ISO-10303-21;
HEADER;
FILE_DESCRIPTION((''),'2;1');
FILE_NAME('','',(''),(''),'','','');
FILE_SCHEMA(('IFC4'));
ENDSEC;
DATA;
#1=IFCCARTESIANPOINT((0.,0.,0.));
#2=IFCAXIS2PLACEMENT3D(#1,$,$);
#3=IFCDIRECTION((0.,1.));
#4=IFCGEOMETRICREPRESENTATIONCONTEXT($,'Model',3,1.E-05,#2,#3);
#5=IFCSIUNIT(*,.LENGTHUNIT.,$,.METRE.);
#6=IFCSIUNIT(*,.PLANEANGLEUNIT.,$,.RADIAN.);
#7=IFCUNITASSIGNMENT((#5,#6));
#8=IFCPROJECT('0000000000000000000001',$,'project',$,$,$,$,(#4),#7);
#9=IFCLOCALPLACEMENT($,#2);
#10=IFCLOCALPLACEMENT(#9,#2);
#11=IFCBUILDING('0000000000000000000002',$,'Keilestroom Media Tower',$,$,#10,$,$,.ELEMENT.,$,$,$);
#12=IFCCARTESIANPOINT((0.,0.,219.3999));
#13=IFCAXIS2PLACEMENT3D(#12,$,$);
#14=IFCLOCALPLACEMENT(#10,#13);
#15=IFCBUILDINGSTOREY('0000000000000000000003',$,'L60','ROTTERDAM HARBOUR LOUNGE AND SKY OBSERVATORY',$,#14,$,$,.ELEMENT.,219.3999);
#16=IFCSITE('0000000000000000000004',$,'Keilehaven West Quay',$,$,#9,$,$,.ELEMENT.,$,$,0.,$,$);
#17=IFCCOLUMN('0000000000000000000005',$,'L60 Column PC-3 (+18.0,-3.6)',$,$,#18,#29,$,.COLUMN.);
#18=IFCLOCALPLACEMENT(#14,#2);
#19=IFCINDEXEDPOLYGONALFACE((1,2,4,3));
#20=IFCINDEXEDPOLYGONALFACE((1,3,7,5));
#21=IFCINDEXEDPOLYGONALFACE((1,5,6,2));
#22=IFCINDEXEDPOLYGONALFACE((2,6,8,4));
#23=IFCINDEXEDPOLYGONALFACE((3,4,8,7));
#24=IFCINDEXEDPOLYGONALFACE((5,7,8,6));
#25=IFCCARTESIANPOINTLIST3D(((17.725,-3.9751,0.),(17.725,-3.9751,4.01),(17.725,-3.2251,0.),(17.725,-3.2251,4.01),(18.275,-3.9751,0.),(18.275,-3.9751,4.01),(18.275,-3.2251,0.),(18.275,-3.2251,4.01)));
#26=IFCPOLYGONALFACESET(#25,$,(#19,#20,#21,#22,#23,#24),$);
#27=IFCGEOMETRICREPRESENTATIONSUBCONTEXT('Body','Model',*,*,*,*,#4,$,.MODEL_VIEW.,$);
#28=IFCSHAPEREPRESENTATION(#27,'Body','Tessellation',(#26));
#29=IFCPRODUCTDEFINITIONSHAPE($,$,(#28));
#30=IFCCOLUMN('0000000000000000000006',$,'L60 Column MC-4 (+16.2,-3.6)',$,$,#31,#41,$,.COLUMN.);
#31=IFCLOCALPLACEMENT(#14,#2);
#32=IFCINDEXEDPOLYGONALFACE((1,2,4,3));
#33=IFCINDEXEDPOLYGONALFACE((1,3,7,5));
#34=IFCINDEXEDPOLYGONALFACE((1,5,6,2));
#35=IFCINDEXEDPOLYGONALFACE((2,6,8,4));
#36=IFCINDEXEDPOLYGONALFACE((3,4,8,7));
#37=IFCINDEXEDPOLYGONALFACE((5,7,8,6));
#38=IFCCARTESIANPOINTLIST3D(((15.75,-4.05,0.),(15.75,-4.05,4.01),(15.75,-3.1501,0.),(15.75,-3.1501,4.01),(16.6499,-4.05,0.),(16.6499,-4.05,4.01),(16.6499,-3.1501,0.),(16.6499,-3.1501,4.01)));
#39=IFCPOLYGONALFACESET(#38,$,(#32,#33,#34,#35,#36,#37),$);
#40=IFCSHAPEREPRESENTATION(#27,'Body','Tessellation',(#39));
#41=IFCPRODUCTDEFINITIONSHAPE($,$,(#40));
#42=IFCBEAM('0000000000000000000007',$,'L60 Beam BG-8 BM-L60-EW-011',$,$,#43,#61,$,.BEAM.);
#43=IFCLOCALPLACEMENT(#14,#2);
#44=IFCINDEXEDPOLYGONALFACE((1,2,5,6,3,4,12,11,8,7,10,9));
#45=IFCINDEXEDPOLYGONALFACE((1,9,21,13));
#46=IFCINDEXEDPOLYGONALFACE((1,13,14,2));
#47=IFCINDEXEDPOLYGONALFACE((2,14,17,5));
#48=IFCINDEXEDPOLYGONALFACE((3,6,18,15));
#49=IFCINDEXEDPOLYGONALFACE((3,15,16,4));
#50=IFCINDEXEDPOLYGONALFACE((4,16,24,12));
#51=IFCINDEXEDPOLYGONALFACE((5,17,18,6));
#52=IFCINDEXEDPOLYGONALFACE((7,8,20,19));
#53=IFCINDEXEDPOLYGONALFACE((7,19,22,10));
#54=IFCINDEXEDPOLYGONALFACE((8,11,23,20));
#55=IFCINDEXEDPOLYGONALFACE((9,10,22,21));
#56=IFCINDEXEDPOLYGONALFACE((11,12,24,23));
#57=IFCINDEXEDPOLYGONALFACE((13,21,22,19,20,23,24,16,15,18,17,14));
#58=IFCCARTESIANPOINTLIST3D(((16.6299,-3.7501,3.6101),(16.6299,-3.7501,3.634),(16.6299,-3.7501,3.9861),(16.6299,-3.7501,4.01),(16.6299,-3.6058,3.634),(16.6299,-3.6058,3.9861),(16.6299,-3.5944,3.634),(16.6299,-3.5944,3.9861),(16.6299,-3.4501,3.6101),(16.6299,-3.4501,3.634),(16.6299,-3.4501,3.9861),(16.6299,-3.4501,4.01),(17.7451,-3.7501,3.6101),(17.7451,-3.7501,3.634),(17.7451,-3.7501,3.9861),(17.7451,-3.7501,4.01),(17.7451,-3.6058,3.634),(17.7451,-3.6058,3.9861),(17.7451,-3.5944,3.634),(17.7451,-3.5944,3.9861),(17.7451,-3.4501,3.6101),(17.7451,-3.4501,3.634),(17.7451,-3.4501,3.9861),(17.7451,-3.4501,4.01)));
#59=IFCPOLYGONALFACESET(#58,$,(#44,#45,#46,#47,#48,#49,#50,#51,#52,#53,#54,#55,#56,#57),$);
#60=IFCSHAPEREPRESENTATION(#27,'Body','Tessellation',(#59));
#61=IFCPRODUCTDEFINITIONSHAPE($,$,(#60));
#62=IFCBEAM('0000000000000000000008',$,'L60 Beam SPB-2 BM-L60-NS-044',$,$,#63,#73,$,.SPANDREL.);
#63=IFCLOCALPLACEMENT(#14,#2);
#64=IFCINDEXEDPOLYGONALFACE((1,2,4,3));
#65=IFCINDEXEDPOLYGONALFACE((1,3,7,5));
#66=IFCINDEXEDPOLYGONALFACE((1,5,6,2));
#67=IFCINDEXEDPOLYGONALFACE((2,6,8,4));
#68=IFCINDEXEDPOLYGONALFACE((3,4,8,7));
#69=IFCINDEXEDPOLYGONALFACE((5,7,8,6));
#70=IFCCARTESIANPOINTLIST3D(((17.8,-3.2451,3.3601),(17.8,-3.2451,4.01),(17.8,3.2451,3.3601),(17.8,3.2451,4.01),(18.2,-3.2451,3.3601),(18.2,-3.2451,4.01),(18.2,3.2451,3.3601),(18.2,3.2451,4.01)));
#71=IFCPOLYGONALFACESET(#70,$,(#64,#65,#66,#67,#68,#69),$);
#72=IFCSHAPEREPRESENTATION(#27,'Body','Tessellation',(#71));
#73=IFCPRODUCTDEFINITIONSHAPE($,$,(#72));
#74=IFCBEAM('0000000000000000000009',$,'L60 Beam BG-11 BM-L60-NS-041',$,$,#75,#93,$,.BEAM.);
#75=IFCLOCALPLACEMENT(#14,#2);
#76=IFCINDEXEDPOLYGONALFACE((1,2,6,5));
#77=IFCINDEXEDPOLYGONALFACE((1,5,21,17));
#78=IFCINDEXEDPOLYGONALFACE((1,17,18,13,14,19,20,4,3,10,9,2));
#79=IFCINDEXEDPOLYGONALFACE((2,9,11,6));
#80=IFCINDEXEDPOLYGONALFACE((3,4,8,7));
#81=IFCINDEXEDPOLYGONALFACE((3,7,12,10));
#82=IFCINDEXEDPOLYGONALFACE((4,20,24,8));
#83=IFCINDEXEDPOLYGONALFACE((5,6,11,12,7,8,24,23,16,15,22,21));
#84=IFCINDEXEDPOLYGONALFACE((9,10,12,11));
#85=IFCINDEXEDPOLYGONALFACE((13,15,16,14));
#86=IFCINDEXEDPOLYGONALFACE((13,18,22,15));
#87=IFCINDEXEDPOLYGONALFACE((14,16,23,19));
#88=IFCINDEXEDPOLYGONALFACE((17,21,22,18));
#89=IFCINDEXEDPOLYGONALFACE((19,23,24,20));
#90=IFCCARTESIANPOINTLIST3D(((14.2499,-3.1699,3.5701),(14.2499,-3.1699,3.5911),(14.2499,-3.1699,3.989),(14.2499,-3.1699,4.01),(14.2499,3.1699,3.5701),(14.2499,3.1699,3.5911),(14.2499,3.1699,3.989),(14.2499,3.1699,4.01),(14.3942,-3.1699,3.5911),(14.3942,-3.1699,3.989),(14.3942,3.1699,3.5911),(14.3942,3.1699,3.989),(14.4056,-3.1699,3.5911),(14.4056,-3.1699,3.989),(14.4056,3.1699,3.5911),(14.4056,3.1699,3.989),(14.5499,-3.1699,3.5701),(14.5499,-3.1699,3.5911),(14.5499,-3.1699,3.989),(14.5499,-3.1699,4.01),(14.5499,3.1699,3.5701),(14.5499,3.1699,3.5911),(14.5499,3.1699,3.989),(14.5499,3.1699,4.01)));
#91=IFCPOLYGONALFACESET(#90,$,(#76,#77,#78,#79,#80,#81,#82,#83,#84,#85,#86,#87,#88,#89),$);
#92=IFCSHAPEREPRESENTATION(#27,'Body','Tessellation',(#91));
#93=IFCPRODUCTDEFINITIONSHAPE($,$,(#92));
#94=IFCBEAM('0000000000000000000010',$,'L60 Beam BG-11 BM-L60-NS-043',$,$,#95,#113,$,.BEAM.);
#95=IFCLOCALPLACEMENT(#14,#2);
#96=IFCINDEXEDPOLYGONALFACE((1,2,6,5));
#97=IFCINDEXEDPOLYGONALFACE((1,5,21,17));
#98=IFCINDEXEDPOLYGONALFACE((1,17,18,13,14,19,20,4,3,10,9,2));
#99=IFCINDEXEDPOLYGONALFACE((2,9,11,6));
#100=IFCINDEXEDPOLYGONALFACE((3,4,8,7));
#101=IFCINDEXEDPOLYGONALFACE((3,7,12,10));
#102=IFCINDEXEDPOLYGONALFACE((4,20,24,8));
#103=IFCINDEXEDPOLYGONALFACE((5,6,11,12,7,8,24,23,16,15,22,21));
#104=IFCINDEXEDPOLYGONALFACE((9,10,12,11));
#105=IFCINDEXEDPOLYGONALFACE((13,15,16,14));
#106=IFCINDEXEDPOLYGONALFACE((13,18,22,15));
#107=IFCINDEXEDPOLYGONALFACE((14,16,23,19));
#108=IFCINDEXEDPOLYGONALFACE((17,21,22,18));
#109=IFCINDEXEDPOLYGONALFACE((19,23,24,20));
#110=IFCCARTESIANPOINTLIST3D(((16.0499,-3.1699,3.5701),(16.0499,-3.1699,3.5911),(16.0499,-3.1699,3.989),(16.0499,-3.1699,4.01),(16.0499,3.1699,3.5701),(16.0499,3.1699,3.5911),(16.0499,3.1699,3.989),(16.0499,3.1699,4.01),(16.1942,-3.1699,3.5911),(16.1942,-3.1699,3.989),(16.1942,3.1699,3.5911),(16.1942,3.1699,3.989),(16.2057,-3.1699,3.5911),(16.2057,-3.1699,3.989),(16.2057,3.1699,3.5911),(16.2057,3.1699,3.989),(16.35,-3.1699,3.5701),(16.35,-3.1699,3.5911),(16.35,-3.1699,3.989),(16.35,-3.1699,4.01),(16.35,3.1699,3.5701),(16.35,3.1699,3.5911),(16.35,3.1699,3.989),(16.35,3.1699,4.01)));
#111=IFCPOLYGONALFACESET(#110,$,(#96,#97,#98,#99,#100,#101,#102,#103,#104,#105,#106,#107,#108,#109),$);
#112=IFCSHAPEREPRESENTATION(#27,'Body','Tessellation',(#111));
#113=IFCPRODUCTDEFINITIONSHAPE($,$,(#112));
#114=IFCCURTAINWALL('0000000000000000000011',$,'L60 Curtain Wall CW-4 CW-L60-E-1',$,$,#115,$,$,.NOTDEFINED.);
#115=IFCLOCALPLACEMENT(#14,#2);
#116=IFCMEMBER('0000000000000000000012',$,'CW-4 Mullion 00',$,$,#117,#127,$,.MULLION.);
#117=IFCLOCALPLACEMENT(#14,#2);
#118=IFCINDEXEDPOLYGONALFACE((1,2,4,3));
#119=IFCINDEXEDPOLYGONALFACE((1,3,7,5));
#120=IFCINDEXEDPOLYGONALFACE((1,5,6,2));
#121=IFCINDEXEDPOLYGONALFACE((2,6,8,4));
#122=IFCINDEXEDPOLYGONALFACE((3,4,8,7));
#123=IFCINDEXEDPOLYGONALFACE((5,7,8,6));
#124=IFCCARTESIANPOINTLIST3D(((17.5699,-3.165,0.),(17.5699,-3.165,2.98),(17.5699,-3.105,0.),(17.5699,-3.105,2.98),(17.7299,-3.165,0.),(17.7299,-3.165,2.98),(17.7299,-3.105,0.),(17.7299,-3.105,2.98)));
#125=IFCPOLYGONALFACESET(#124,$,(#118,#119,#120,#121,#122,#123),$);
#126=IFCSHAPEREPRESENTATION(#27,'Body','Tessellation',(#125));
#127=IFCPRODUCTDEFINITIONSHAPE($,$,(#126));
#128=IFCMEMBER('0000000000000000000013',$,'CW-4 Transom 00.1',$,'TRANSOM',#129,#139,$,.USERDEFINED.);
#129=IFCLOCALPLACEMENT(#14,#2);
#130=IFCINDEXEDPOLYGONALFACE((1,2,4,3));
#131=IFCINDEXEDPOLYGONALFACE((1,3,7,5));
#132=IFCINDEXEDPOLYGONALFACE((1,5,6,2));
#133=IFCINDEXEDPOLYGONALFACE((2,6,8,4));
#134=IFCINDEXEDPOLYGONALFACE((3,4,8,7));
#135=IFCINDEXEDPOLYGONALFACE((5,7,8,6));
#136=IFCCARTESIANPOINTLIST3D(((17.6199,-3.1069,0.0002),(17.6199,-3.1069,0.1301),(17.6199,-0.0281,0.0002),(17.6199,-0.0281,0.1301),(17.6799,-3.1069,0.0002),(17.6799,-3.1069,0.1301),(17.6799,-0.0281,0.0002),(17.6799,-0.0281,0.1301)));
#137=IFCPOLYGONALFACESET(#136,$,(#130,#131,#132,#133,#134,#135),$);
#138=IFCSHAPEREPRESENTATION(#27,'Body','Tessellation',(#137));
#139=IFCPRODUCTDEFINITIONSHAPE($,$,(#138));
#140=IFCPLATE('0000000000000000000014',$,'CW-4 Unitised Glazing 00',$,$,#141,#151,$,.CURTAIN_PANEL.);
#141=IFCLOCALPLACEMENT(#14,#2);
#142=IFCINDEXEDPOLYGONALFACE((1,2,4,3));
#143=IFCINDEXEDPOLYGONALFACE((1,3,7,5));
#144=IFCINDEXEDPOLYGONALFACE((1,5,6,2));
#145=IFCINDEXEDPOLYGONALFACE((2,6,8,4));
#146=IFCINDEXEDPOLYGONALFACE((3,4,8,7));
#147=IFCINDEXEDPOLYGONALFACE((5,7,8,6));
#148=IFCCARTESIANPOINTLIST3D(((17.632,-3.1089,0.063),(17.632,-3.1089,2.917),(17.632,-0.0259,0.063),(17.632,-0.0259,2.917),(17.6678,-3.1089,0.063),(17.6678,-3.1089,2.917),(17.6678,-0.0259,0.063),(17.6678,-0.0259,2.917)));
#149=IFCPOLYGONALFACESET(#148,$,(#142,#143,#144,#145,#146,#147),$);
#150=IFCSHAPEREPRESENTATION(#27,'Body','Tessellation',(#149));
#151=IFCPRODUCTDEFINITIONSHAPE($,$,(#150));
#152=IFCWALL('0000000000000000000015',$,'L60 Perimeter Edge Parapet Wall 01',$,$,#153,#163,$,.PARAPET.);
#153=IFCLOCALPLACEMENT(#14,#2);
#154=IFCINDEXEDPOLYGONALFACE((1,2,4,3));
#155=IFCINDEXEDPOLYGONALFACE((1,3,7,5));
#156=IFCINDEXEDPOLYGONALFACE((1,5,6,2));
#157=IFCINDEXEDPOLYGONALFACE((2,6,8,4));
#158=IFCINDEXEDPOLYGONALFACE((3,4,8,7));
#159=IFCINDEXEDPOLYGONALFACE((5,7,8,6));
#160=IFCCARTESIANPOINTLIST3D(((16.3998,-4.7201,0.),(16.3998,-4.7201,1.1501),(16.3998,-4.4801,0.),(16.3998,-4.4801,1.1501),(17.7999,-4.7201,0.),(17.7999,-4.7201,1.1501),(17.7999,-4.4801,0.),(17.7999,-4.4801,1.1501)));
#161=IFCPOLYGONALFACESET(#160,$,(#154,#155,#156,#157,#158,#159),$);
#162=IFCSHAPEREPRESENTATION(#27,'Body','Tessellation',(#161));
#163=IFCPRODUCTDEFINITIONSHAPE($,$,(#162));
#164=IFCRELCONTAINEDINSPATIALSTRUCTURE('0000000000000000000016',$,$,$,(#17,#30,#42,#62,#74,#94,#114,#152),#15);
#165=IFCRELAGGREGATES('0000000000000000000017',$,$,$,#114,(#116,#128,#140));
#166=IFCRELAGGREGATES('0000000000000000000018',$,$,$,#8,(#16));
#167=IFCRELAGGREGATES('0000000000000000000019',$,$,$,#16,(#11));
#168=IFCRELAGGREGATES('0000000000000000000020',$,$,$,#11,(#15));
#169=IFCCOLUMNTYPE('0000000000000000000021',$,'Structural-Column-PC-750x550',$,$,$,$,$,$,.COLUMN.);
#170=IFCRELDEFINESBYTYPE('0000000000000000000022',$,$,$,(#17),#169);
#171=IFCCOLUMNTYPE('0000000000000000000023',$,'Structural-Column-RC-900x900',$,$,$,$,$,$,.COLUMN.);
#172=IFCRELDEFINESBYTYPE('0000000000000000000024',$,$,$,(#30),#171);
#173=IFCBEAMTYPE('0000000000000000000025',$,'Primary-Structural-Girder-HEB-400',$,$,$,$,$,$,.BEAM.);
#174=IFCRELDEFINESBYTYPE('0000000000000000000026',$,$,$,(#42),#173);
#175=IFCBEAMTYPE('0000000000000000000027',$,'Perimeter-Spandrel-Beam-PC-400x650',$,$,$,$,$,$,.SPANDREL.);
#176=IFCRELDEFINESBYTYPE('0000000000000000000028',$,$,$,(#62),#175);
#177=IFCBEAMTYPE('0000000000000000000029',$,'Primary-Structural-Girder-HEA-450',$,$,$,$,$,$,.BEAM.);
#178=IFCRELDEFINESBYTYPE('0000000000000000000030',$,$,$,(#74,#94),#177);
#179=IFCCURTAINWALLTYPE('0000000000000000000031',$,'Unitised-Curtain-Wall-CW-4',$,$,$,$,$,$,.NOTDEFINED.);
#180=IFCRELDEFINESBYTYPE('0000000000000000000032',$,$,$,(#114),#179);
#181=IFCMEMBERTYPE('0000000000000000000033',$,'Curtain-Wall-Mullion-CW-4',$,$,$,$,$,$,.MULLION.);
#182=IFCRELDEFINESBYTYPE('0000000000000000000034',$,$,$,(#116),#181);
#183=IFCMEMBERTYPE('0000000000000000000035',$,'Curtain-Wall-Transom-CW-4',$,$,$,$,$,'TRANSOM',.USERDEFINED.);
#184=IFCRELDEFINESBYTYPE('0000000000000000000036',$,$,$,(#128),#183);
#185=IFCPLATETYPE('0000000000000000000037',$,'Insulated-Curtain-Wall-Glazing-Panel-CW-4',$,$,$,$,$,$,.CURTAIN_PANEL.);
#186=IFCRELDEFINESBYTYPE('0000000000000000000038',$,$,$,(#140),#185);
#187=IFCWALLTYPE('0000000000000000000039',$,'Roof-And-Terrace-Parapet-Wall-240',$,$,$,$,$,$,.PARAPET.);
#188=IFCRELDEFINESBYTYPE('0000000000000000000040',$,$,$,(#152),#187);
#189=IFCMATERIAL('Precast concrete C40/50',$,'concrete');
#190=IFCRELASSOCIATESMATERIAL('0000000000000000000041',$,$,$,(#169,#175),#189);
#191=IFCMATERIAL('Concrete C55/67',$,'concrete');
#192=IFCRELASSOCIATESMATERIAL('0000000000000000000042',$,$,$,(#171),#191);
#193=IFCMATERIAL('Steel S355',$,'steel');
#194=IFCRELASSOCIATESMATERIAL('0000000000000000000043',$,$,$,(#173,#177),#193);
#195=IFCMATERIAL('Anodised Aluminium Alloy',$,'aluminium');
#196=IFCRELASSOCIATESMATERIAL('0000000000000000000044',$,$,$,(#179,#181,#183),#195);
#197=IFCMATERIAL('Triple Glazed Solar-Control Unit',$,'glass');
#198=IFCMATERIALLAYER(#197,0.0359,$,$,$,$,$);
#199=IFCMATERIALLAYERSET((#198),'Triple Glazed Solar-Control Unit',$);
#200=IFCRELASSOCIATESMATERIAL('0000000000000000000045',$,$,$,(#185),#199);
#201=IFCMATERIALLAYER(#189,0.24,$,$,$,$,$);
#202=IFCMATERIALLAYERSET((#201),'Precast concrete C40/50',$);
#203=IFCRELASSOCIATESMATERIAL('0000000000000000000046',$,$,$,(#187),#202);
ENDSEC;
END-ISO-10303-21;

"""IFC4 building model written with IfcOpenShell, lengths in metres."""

from ifc_helpers import new_model, si_unit, direction, frame, frame_2d, origin, origin_2d, place, context, subcontext, project, spatial, rectangle, i_section, extrude, source, transform, mapped, material, layer, layer_set, material_profile, profile_set, type_object, element, aggregate, save


model = new_model("IFC4")

# Units and contexts
model_context = context("Model", 3, precision=1e-05, world=origin(), true_north=direction((0.0, 1.0)))
body_context = subcontext(model_context, "Body", "Model", "MODEL_VIEW")
ifc_project = project(units=[si_unit("LENGTHUNIT", "METRE"), si_unit("PLANEANGLEUNIT", "RADIAN")], contexts=[model_context])

# Site, building, storey
site_placement = place(None, origin())
site = spatial("IfcSite", under=ifc_project, at=site_placement, Name="Keilehaven West Quay", CompositionType="ELEMENT", RefElevation=0.0)
building_placement = place(site_placement, origin())
building = spatial("IfcBuilding", under=site, at=building_placement, Name="Keilestroom Media Tower", CompositionType="ELEMENT")
storey_placement = place(building_placement, frame((0.0, 0.0, 219.3999)))
storey = spatial("IfcBuildingStorey", under=building, at=storey_placement, Name="L60", Description="ROTTERDAM HARBOUR LOUNGE AND SKY OBSERVATORY", CompositionType="ELEMENT", Elevation=219.3999)

# Columns
ifc_material_1 = material(Name="Precast concrete C40/50", Category="concrete")
ifc_material_profile_1 = material_profile(ifc_material_1, rectangle(XDim=0.55, YDim=0.75, at=origin_2d()), Name="PC 750x550")
ifc_profile_set_1 = profile_set([ifc_material_profile_1], Name="Precast concrete C40/50")
column_type_1 = type_object("IfcColumnType", Name="Structural-Column-PC-750x550", PredefinedType="COLUMN", material=ifc_profile_set_1)
shared_shape_1 = source(origin(), body_context, "Body", "SweptSolid", [
    extrude(rectangle(XDim=0.55, YDim=0.75, at=origin_2d()), origin(), (0.0, 0.0, 1.0), 4.01),
])
column_1_placement = place(storey_placement, frame((18.0, -3.6001, 0.0), z_axis=(0.0, 0.0, 1.0), x_axis=(1.0, 0.0, 0.0)))
element("IfcColumn", 1, at=column_1_placement, inside=storey, type_object=column_type_1, Name="L60 Column PC-3 (+18.0,-3.6)", PredefinedType="COLUMN", context=body_context, shape_type="MappedRepresentation", body=[
    mapped(shared_shape_1, transform((0.0, 0.0, 0.0), x_axis=(1.0, 0.0, 0.0), y_axis=(0.0, 1.0, 0.0), z_axis=(0.0, 0.0, 1.0), scale=1.0)),
])
ifc_material_2 = material(Name="Concrete C55/67", Category="concrete")
ifc_material_profile_2 = material_profile(ifc_material_2, rectangle(XDim=0.8999, YDim=0.8999, at=origin_2d()), Name="RC 900x900")
ifc_profile_set_2 = profile_set([ifc_material_profile_2], Name="Concrete C55/67")
column_type_2 = type_object("IfcColumnType", Name="Structural-Column-RC-900x900", PredefinedType="COLUMN", material=ifc_profile_set_2)
shared_shape_2 = source(origin(), body_context, "Body", "SweptSolid", [
    extrude(rectangle(XDim=0.8999, YDim=0.8999, at=origin_2d()), origin(), (0.0, 0.0, 1.0), 4.01),
])
column_2_placement = place(storey_placement, frame((16.2, -3.6001, 0.0), z_axis=(0.0, 0.0, 1.0), x_axis=(1.0, 0.0, 0.0)))
element("IfcColumn", 2, at=column_2_placement, inside=storey, type_object=column_type_2, Name="L60 Column MC-4 (+16.2,-3.6)", PredefinedType="COLUMN", context=body_context, shape_type="MappedRepresentation", body=[
    mapped(shared_shape_2, transform((0.0, 0.0, 0.0), x_axis=(1.0, 0.0, 0.0), y_axis=(0.0, 1.0, 0.0), z_axis=(0.0, 0.0, 1.0), scale=1.0)),
])

# Beams
ifc_material_3 = material(Name="Steel S355", Category="steel")
ifc_material_profile_3 = material_profile(ifc_material_3, i_section(OverallWidth=0.3, OverallDepth=0.3999, WebThickness=0.0115, FlangeThickness=0.0239, at=origin_2d()), Name="HEB 400")
ifc_profile_set_3 = profile_set([ifc_material_profile_3], Name="Steel S355")
beam_type_1 = type_object("IfcBeamType", Name="Primary-Structural-Girder-HEB-400", PredefinedType="BEAM", material=ifc_profile_set_3)
shared_shape_3 = source(origin(), body_context, "Body", "SweptSolid", [
    extrude(i_section(OverallWidth=0.3, OverallDepth=0.3999, WebThickness=0.0115, FlangeThickness=0.0239, at=origin_2d()), origin(), (0.0, 0.0, 1.0), 1.1152),
])
beam_1_placement = place(storey_placement, frame((16.6299, -3.6001, 3.8101), z_axis=(1.0, 0.0, 0.0), x_axis=(0.0, 1.0, 0.0)))
element("IfcBeam", 3, at=beam_1_placement, inside=storey, type_object=beam_type_1, Name="L60 Beam BG-8 BM-L60-EW-011", PredefinedType="BEAM", context=body_context, shape_type="MappedRepresentation", body=[
    mapped(shared_shape_3, transform((0.0, 0.0, 0.0), x_axis=(1.0, 0.0, 0.0), y_axis=(0.0, 1.0, 0.0), z_axis=(0.0, 0.0, 1.0), scale=1.0)),
])
ifc_material_profile_4 = material_profile(ifc_material_1, rectangle(XDim=0.3999, YDim=0.6499, at=origin_2d()), Name="PC 400x650")
ifc_profile_set_4 = profile_set([ifc_material_profile_4], Name="Precast concrete C40/50")
beam_type_2 = type_object("IfcBeamType", Name="Perimeter-Spandrel-Beam-PC-400x650", PredefinedType="SPANDREL", material=ifc_profile_set_4)
shared_shape_4 = source(origin(), body_context, "Body", "SweptSolid", [
    extrude(rectangle(XDim=0.3999, YDim=0.6499, at=origin_2d()), origin(), (0.0, 0.0, 1.0), 6.4902),
])
beam_2_placement = place(storey_placement, frame((18.0, -3.2451, 3.6851), z_axis=(0.0, 1.0, 0.0), x_axis=(-1.0, 0.0, 0.0)))
element("IfcBeam", 4, at=beam_2_placement, inside=storey, type_object=beam_type_2, Name="L60 Beam SPB-2 BM-L60-NS-044", PredefinedType="SPANDREL", context=body_context, shape_type="MappedRepresentation", body=[
    mapped(shared_shape_4, transform((0.0, 0.0, 0.0), x_axis=(1.0, 0.0, 0.0), y_axis=(0.0, 1.0, 0.0), z_axis=(0.0, 0.0, 1.0), scale=1.0)),
])
ifc_material_profile_5 = material_profile(ifc_material_3, i_section(OverallWidth=0.3, OverallDepth=0.4399, WebThickness=0.0115, FlangeThickness=0.021, at=origin_2d()), Name="HEA 450")
ifc_profile_set_5 = profile_set([ifc_material_profile_5], Name="Steel S355")
beam_type_3 = type_object("IfcBeamType", Name="Primary-Structural-Girder-HEA-450", PredefinedType="BEAM", material=ifc_profile_set_5)
shared_shape_5 = source(origin(), body_context, "Body", "SweptSolid", [
    extrude(i_section(OverallWidth=0.3, OverallDepth=0.4399, WebThickness=0.0115, FlangeThickness=0.021, at=origin_2d()), origin(), (0.0, 0.0, 1.0), 6.3398),
])
for number, where, z_axis, x_axis, name in (
    (5, (14.3999, -3.1699, 3.79), (0.0, 1.0, 0.0), (-1.0, 0.0, 0.0), "L60 Beam BG-11 BM-L60-NS-041"),
    (6, (16.2, -3.1699, 3.79), (0.0, 1.0, 0.0), (-1.0, 0.0, 0.0), "L60 Beam BG-11 BM-L60-NS-043"),
):
    element("IfcBeam", number, at=place(storey_placement, frame(where, z_axis=z_axis, x_axis=x_axis)), inside=storey, type_object=beam_type_3, Name=name, PredefinedType="BEAM", context=body_context, shape_type="MappedRepresentation", body=[
        mapped(shared_shape_5, transform((0.0, 0.0, 0.0), x_axis=(1.0, 0.0, 0.0), y_axis=(0.0, 1.0, 0.0), z_axis=(0.0, 0.0, 1.0), scale=1.0)),
    ])

# Curtain wall, members, plate
ifc_material_4 = material(Name="Anodised Aluminium Alloy", Category="aluminium")
curtain_wall_type = type_object("IfcCurtainWallType", Name="Unitised-Curtain-Wall-CW-4", PredefinedType="NOTDEFINED", material=ifc_material_4)
curtain_wall_placement = place(storey_placement, origin())
curtain_wall = element("IfcCurtainWall", 7, at=curtain_wall_placement, inside=storey, type_object=curtain_wall_type, Name="L60 Curtain Wall CW-4 CW-L60-E-1", PredefinedType="NOTDEFINED")
ifc_material_profile_6 = material_profile(ifc_material_4, rectangle(XDim=0.0601, YDim=0.1599, at=origin_2d()), Name="ALU MULLION 60x160")
ifc_profile_set_6 = profile_set([ifc_material_profile_6], Name="Anodised Aluminium Alloy")
member_type_1 = type_object("IfcMemberType", Name="Curtain-Wall-Mullion-CW-4", PredefinedType="MULLION", material=ifc_profile_set_6)
shared_shape_6 = source(origin(), body_context, "Body", "SweptSolid", [
    extrude(rectangle(XDim=0.0601, YDim=0.1599, at=origin_2d()), origin(), (0.0, 0.0, 1.0), 2.98),
])
member_1_placement = place(storey_placement, frame((17.6499, -3.135, 0.0), z_axis=(0.0, 0.0, 1.0), x_axis=(0.0, 1.0, 0.0)))
member_1 = element("IfcMember", 8, at=member_1_placement, type_object=member_type_1, Name="CW-4 Mullion 00", PredefinedType="MULLION", context=body_context, shape_type="MappedRepresentation", body=[
    mapped(shared_shape_6, transform((0.0, 0.0, 0.0), x_axis=(1.0, 0.0, 0.0), y_axis=(0.0, 1.0, 0.0), z_axis=(0.0, 0.0, 1.0), scale=1.0)),
])
ifc_material_profile_7 = material_profile(ifc_material_4, rectangle(XDim=0.0601, YDim=0.1299, at=origin_2d()), Name="ALU TRANSOM 60x130")
ifc_profile_set_7 = profile_set([ifc_material_profile_7], Name="Anodised Aluminium Alloy")
member_type_2 = type_object("IfcMemberType", Name="Curtain-Wall-Transom-CW-4", ElementType="TRANSOM", PredefinedType="USERDEFINED", material=ifc_profile_set_7)
shared_shape_7 = source(origin(), body_context, "Body", "SweptSolid", [
    extrude(rectangle(XDim=0.0601, YDim=0.1299, at=origin_2d()), origin(), (0.0, 0.0, 1.0), 3.0789),
])
member_2_placement = place(storey_placement, frame((17.6499, -3.1069, 0.0652), z_axis=(0.0, 1.0, 0.0), x_axis=(-1.0, 0.0, 0.0)))
member_2 = element("IfcMember", 9, at=member_2_placement, type_object=member_type_2, Name="CW-4 Transom 00.1", ObjectType="TRANSOM", PredefinedType="USERDEFINED", context=body_context, shape_type="MappedRepresentation", body=[
    mapped(shared_shape_7, transform((0.0, 0.0, 0.0), x_axis=(1.0, 0.0, 0.0), y_axis=(0.0, 1.0, 0.0), z_axis=(0.0, 0.0, 1.0), scale=1.0)),
])
ifc_material_5 = material(Name="Triple Glazed Solar-Control Unit", Category="glass")
ifc_layer_1 = layer(ifc_material_5, 0.0359)
ifc_layer_set_1 = layer_set([ifc_layer_1], Name="Triple Glazed Solar-Control Unit")
plate_type = type_object("IfcPlateType", Name="Insulated-Curtain-Wall-Glazing-Panel-CW-4", PredefinedType="CURTAIN_PANEL", material=ifc_layer_set_1)
shared_shape_8 = source(origin(), body_context, "Body", "SweptSolid", [
    extrude(rectangle(XDim=3.083, YDim=0.0359, at=origin_2d()), origin(), (0.0, 0.0, 1.0), 2.854),
])
plate_placement = place(storey_placement, frame((17.6499, -1.5674, 0.063), z_axis=(0.0, 0.0, 1.0), x_axis=(0.0, 1.0, 0.0)))
plate = element("IfcPlate", 10, at=plate_placement, type_object=plate_type, Name="CW-4 Unitised Glazing 00", PredefinedType="CURTAIN_PANEL", context=body_context, shape_type="MappedRepresentation", body=[
    mapped(shared_shape_8, transform((0.0, 0.0, 0.0), x_axis=(1.0, 0.0, 0.0), y_axis=(0.0, 1.0, 0.0), z_axis=(0.0, 0.0, 1.0), scale=1.0)),
])
aggregate(curtain_wall, [member_1, member_2, plate])

# Wall
ifc_layer_2 = layer(ifc_material_1, 0.24)
ifc_layer_set_2 = layer_set([ifc_layer_2], Name="Precast concrete C40/50")
wall_type = type_object("IfcWallType", Name="Roof-And-Terrace-Parapet-Wall-240", PredefinedType="PARAPET", material=ifc_layer_set_2)
wall_1_placement = place(storey_placement, frame((17.8, -4.6001, 0.0), z_axis=(0.0, 0.0, 1.0), x_axis=(-1.0, 0.0, 0.0)))
element("IfcWall", 11, at=wall_1_placement, inside=storey, type_object=wall_type, Name="L60 Perimeter Edge Parapet Wall 01", PredefinedType="PARAPET", context=body_context, shape_type="SweptSolid", body=[
    extrude(rectangle(XDim=1.4001, YDim=0.24, at=frame_2d((0.7002, 0.0))), origin(), (0.0, 0.0, 1.0), 1.1501),
])

save(model, "model.ifc")
